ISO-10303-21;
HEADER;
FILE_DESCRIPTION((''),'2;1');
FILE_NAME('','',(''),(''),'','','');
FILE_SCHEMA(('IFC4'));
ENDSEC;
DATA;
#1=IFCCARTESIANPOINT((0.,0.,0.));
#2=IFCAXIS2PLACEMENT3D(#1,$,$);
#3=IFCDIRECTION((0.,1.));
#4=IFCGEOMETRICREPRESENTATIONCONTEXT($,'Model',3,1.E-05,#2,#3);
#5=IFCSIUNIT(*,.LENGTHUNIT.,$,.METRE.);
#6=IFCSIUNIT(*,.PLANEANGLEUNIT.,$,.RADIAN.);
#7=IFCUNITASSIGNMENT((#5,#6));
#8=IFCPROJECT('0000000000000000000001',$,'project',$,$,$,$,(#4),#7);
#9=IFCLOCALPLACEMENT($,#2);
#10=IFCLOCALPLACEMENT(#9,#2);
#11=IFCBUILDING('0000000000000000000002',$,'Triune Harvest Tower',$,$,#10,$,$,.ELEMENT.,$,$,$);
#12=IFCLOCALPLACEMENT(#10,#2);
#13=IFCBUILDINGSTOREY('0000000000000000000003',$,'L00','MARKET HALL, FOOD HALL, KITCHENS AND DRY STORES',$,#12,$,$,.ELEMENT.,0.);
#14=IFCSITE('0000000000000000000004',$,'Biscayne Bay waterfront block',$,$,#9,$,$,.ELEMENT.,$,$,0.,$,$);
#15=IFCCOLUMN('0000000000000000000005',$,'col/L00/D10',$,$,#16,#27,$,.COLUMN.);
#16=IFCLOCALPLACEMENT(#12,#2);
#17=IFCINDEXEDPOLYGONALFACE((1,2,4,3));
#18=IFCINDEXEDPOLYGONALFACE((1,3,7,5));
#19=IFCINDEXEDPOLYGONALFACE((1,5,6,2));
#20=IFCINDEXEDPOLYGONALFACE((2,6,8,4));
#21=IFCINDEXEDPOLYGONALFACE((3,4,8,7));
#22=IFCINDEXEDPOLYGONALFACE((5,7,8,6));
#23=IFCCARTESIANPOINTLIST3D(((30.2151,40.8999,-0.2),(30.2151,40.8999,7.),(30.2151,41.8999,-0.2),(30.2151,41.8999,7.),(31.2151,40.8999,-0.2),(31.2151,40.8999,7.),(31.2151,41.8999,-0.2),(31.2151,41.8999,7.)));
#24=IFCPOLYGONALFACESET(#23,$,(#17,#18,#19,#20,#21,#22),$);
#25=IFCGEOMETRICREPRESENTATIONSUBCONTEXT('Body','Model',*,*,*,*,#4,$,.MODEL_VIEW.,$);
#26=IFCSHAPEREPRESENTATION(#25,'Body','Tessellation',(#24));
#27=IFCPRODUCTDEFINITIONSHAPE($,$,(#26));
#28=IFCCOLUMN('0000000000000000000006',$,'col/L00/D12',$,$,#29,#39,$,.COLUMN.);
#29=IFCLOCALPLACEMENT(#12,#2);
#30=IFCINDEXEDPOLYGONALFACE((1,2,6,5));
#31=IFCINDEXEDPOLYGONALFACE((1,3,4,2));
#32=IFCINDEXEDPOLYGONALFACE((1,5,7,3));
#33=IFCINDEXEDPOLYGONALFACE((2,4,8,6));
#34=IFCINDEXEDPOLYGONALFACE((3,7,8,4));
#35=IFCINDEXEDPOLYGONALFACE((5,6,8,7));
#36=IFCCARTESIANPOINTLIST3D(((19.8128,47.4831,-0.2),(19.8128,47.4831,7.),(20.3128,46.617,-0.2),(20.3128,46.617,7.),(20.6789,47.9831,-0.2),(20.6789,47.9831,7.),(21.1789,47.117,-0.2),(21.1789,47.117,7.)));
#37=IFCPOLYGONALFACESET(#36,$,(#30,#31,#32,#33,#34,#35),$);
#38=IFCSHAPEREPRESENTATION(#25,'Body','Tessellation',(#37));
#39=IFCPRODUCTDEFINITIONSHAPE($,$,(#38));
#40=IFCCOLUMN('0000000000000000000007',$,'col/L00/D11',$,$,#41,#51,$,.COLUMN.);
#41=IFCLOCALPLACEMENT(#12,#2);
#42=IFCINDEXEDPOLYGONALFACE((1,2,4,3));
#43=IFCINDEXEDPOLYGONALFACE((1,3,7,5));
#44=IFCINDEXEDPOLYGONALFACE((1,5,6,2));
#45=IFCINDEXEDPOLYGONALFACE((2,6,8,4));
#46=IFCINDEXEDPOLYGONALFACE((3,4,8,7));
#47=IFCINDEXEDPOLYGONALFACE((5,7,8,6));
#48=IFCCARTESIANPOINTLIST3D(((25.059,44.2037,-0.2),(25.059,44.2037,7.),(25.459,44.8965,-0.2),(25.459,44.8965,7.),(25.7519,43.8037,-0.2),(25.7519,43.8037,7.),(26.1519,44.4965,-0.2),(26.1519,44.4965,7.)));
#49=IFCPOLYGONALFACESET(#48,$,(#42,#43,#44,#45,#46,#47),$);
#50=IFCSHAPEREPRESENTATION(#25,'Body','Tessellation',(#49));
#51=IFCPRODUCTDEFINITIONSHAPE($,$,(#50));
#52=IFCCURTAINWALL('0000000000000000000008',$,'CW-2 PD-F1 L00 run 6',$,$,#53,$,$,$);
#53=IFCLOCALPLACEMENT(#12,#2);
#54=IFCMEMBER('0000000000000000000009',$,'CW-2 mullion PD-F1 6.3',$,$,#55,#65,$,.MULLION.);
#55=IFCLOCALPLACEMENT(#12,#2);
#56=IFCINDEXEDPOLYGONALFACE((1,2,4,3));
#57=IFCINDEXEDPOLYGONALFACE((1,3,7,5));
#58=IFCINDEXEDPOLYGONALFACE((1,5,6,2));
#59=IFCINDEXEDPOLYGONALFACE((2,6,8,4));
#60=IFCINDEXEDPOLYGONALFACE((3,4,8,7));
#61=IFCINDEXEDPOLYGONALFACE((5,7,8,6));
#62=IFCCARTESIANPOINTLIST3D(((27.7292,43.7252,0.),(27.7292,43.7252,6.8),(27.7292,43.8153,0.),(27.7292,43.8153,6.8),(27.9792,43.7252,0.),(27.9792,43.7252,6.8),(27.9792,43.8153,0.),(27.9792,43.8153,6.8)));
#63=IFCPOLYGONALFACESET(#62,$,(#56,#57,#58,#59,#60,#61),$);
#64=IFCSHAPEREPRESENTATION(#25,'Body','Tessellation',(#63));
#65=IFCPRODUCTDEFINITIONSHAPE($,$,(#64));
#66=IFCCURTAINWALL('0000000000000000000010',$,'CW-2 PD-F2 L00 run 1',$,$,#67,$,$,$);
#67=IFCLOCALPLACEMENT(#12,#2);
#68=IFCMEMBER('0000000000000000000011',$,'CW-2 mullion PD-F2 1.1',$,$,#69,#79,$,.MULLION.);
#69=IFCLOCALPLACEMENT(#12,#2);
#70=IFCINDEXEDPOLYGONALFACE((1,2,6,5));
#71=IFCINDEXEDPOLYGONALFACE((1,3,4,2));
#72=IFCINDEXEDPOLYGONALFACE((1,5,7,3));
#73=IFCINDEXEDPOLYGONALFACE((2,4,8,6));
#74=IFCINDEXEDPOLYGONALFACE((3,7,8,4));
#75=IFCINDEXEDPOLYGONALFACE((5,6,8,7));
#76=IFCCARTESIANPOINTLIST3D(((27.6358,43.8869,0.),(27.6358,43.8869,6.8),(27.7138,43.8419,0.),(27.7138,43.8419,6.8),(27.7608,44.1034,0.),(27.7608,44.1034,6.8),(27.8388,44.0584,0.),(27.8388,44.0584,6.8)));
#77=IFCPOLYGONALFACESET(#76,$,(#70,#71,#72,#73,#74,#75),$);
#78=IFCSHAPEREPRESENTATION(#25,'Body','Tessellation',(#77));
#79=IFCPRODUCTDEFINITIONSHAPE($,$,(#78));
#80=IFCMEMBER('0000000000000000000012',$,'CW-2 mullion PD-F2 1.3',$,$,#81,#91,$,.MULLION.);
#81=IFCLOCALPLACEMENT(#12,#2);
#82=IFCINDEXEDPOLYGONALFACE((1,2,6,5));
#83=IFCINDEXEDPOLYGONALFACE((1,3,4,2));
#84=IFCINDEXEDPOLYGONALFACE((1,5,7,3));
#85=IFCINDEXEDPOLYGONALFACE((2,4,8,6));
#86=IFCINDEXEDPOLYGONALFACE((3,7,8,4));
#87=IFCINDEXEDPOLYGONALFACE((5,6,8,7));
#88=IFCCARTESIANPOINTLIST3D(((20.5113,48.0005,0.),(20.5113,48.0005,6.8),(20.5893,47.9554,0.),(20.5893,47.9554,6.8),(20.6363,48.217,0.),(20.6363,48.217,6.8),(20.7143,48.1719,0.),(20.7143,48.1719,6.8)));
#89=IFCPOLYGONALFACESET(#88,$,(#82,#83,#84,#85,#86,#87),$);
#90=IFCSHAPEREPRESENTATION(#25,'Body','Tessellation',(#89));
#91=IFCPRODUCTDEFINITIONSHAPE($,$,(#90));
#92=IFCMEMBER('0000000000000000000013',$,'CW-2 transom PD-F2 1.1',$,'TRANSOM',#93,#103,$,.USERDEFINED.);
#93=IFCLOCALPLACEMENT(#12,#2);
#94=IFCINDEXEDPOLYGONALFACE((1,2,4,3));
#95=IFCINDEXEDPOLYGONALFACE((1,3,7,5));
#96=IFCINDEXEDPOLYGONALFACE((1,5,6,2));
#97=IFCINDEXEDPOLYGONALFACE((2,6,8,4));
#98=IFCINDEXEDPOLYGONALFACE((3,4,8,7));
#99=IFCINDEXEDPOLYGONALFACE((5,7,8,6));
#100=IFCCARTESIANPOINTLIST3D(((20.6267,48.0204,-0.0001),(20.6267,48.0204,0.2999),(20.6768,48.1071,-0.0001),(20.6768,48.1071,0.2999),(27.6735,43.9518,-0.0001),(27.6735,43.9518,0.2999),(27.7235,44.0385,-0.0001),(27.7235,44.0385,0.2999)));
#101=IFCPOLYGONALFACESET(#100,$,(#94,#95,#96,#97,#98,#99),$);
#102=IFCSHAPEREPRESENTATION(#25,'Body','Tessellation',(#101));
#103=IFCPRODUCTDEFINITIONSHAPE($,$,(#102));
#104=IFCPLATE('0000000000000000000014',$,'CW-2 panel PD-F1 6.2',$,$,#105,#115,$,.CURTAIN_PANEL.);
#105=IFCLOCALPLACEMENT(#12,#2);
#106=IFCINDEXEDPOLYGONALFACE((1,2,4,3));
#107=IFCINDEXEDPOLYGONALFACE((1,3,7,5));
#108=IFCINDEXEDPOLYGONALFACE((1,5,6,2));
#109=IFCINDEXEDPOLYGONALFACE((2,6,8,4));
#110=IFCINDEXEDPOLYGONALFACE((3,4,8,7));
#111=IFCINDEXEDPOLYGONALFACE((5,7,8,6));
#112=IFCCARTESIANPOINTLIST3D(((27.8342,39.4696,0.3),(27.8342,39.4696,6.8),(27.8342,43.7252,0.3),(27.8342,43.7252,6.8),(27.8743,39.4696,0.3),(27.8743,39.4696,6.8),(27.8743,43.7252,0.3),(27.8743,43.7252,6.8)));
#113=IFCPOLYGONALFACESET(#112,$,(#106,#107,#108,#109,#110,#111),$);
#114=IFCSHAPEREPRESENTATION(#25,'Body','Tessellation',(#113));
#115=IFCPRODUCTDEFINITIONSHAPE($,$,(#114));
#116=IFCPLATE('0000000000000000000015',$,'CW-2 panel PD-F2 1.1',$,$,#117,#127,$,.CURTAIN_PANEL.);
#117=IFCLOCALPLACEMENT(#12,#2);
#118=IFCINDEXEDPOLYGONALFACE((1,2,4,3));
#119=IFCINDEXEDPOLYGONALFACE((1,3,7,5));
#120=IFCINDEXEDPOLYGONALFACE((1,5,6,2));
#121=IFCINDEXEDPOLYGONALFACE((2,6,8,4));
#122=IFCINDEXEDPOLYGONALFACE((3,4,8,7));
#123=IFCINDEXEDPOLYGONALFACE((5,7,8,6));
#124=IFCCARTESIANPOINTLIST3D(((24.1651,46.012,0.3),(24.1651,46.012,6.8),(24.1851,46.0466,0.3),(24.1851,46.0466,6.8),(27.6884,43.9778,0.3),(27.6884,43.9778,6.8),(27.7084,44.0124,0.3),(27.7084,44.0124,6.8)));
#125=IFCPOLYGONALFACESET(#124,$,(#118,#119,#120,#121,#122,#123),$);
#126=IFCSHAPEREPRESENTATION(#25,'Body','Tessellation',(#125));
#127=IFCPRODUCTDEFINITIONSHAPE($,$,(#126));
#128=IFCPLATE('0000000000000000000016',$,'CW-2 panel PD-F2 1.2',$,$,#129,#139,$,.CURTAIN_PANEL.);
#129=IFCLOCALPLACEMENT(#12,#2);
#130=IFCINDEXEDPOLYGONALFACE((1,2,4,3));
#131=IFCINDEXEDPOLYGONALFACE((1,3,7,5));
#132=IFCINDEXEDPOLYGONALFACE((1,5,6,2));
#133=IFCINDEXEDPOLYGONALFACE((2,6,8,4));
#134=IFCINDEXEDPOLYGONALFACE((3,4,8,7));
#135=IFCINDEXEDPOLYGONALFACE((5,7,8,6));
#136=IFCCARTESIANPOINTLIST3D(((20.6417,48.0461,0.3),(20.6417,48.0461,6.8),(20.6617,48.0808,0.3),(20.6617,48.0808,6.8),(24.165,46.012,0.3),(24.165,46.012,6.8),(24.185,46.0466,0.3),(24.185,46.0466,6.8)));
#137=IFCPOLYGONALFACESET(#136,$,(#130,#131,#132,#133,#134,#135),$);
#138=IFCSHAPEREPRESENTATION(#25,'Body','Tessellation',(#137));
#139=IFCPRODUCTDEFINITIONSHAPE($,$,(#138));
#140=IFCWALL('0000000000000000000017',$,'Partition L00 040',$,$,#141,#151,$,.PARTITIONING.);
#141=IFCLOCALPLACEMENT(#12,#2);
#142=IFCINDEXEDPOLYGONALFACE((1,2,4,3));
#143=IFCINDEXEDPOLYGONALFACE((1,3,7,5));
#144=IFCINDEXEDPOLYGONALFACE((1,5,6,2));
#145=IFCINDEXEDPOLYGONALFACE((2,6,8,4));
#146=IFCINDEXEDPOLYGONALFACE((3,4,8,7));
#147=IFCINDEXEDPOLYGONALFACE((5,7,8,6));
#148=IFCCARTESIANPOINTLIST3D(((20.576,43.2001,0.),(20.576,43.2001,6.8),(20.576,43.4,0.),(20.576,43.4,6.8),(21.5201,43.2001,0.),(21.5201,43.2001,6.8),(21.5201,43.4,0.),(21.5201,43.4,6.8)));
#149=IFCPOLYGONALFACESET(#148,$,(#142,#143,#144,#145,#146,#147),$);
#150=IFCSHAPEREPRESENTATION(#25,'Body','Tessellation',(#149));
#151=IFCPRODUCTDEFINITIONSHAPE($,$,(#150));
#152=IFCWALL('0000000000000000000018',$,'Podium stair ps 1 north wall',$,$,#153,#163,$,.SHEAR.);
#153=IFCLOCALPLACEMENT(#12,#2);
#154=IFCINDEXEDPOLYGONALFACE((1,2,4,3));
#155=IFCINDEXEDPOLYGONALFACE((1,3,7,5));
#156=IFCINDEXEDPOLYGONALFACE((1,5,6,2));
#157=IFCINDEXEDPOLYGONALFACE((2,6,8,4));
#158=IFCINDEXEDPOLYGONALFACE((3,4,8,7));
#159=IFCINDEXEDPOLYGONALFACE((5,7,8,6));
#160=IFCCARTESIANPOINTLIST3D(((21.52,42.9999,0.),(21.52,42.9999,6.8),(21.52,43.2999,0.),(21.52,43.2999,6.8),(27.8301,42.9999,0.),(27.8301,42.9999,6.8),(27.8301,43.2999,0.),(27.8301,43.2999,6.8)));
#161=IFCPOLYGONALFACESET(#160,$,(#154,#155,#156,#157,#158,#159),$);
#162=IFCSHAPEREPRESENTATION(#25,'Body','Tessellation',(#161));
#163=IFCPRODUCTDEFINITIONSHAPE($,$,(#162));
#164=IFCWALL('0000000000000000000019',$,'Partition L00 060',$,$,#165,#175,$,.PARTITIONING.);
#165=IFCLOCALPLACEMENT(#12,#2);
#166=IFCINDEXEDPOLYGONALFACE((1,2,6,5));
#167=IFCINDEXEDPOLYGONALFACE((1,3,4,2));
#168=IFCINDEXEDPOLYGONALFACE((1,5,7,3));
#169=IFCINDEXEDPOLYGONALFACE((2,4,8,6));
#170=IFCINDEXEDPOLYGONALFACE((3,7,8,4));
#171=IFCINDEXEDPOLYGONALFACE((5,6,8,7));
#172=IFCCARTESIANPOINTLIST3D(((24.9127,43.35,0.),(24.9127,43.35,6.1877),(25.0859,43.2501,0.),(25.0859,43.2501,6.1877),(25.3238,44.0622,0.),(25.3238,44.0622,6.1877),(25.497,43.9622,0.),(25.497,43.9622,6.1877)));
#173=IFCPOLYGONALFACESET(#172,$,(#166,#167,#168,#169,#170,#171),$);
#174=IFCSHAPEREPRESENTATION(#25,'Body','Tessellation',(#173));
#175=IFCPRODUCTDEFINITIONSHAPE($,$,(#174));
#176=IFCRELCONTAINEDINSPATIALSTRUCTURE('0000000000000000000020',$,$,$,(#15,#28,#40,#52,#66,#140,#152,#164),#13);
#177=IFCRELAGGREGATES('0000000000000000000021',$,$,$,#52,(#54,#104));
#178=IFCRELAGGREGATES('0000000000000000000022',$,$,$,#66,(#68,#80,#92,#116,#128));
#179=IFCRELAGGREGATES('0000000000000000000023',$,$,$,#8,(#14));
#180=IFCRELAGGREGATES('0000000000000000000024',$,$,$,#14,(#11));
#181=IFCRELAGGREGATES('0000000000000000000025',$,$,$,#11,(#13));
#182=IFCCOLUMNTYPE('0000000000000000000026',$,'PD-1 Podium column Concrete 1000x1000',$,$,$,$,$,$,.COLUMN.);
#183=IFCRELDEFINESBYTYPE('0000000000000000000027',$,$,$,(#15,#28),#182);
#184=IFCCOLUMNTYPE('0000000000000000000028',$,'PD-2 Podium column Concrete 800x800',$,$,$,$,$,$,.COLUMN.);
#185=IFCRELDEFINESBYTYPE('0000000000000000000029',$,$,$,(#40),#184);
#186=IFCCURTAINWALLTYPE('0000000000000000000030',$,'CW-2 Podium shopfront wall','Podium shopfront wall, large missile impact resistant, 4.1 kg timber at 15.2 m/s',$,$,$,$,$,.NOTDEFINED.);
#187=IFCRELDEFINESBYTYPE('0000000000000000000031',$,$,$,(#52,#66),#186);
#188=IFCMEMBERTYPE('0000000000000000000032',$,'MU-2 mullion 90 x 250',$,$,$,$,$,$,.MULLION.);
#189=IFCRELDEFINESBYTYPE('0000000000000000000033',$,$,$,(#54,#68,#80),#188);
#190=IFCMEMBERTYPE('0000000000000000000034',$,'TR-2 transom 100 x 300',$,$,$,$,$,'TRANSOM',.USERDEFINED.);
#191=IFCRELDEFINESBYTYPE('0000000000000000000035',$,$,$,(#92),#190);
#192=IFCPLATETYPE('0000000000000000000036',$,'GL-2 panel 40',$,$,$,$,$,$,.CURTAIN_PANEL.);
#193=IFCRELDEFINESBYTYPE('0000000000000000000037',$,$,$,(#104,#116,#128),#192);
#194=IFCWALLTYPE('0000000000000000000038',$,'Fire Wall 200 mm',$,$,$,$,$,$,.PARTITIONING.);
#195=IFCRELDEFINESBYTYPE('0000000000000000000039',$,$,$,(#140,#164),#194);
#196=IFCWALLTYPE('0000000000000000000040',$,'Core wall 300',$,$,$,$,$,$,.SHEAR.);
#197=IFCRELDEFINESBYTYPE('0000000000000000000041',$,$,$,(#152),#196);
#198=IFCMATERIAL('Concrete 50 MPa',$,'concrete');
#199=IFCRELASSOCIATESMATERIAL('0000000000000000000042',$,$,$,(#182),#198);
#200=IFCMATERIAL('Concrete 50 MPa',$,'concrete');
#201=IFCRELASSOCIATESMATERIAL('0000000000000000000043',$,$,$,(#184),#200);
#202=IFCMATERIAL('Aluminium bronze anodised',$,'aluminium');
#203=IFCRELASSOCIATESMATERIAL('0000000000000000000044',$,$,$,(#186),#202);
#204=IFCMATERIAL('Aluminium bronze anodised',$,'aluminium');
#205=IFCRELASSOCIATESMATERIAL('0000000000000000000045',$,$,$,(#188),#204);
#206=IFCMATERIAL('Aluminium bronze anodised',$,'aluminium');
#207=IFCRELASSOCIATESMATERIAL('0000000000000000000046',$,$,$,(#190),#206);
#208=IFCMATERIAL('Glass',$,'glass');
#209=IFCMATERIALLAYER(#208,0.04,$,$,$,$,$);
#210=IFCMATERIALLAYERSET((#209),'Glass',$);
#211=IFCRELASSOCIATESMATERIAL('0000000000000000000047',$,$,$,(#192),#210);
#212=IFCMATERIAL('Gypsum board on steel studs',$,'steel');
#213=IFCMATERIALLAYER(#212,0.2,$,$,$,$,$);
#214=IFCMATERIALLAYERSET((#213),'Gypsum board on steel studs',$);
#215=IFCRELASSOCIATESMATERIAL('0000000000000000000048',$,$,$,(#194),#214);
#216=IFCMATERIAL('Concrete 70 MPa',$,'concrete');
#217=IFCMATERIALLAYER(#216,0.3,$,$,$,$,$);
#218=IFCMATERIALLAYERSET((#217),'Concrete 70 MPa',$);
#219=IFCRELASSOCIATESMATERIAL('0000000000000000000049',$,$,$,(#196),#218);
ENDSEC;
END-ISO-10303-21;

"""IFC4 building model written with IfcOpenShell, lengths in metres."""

from ifc_helpers import new_model, si_unit, direction, frame, frame_2d, origin, origin_2d, place, context, subcontext, project, spatial, rectangle, extrude, source, transform, mapped, material, layer, layer_set, material_profile, profile_set, type_object, element, aggregate, save


model = new_model("IFC4")

# Units and contexts
model_context = context("Model", 3, precision=1e-05, world=origin(), true_north=direction((0.0, 1.0)))
body_context = subcontext(model_context, "Body", "Model", "MODEL_VIEW")
ifc_project = project(units=[si_unit("LENGTHUNIT", "METRE"), si_unit("PLANEANGLEUNIT", "RADIAN")], contexts=[model_context])

# Site, building, storey
site_placement = place(None, origin())
site = spatial("IfcSite", under=ifc_project, at=site_placement, Name="Biscayne Bay waterfront block", CompositionType="ELEMENT", RefElevation=0.0)
building_placement = place(site_placement, origin())
building = spatial("IfcBuilding", under=site, at=building_placement, Name="Triune Harvest Tower", CompositionType="ELEMENT")
storey_placement = place(building_placement, origin())
storey = spatial("IfcBuildingStorey", under=building, at=storey_placement, Name="L00", Description="MARKET HALL, FOOD HALL, KITCHENS AND DRY STORES", CompositionType="ELEMENT", Elevation=0.0)

# Columns
ifc_material_1 = material(Name="Concrete 50 MPa", Category="concrete")
ifc_material_profile_1 = material_profile(ifc_material_1, rectangle(XDim=1.0, YDim=1.0, at=origin_2d()), Name="Concrete 1000x1000")
ifc_profile_set_1 = profile_set([ifc_material_profile_1], Name="Concrete 50 MPa")
column_type_1 = type_object("IfcColumnType", Name="PD-1 Podium column Concrete 1000x1000", PredefinedType="COLUMN", material=ifc_profile_set_1)
shared_shape_1 = source(origin(), body_context, "Body", "SweptSolid", [
    extrude(rectangle(XDim=1.0, YDim=1.0, at=origin_2d()), origin(), (0.0, 0.0, 1.0), 7.2),
])
for number, where, z_axis, x_axis, name in (
    (1, (30.7151, 41.3999, -0.2), (0.0, 0.0, 1.0), (0.0, 1.0, 0.0), "col/L00/D10"),
    (2, (20.4958, 47.3, -0.2), (0.0, 0.0, 1.0), (-0.866025, -0.5, 0.0), "col/L00/D12"),
):
    element("IfcColumn", number, at=place(storey_placement, frame(where, z_axis=z_axis, x_axis=x_axis)), inside=storey, type_object=column_type_1, Name=name, PredefinedType="COLUMN", context=body_context, shape_type="MappedRepresentation", body=[
        mapped(shared_shape_1, transform((0.0, 0.0, 0.0), scale=1.0)),
    ])
ifc_material_2 = material(Name="Concrete 50 MPa", Category="concrete")
ifc_material_profile_2 = material_profile(ifc_material_2, rectangle(XDim=0.8, YDim=0.8, at=origin_2d()), Name="Concrete 800x800")
ifc_profile_set_2 = profile_set([ifc_material_profile_2], Name="Concrete 50 MPa")
column_type_2 = type_object("IfcColumnType", Name="PD-2 Podium column Concrete 800x800", PredefinedType="COLUMN", material=ifc_profile_set_2)
shared_shape_2 = source(origin(), body_context, "Body", "SweptSolid", [
    extrude(rectangle(XDim=0.8, YDim=0.8, at=origin_2d()), origin(), (0.0, 0.0, 1.0), 7.2),
])
column_placement = place(storey_placement, frame((25.6055, 44.3501, -0.2), z_axis=(0.0, 0.0, 1.0), x_axis=(-0.866027, 0.499997, 0.0)))
element("IfcColumn", 3, at=column_placement, inside=storey, type_object=column_type_2, Name="col/L00/D11", PredefinedType="COLUMN", context=body_context, shape_type="MappedRepresentation", body=[
    mapped(shared_shape_2, transform((0.0, 0.0, 0.0), scale=1.0)),
])

# Curtain wall, member
ifc_material_3 = material(Name="Aluminium bronze anodised", Category="aluminium")
curtain_wall_type = type_object("IfcCurtainWallType", Name="CW-2 Podium shopfront wall", Description="Podium shopfront wall, large missile impact resistant, 4.1 kg timber at 15.2 m/s", PredefinedType="NOTDEFINED", material=ifc_material_3)
curtain_wall_1_placement = place(storey_placement, origin())
curtain_wall_1 = element("IfcCurtainWall", 4, at=curtain_wall_1_placement, inside=storey, type_object=curtain_wall_type, Name="CW-2 PD-F1 L00 run 6")
ifc_material_4 = material(Name="Aluminium bronze anodised", Category="aluminium")
ifc_material_profile_3 = material_profile(ifc_material_4, rectangle(XDim=0.25, YDim=0.0901, at=origin_2d()), Name="MU-2 mullion 90 x 250")
ifc_profile_set_3 = profile_set([ifc_material_profile_3], Name="Aluminium bronze anodised")
member_type_1 = type_object("IfcMemberType", Name="MU-2 mullion 90 x 250", PredefinedType="MULLION", material=ifc_profile_set_3)
shared_shape_3 = source(origin(), body_context, "Body", "SweptSolid", [
    extrude(rectangle(XDim=0.25, YDim=0.0901, at=origin_2d()), origin(), (0.0, 0.0, 1.0), 6.8),
])
member_1_placement = place(storey_placement, frame((27.8542, 43.7703, 0.0), z_axis=(0.0, 0.0, 1.0), x_axis=(-1.0, 0.0, 0.0)))
member_1 = element("IfcMember", 5, at=member_1_placement, type_object=member_type_1, Name="CW-2 mullion PD-F1 6.3", PredefinedType="MULLION", context=body_context, shape_type="MappedRepresentation", body=[
    mapped(shared_shape_3, transform((0.0, 0.0, 0.0), scale=1.0)),
])

# Curtain wall, members
curtain_wall_2_placement = place(storey_placement, origin())
curtain_wall_2 = element("IfcCurtainWall", 6, at=curtain_wall_2_placement, inside=storey, type_object=curtain_wall_type, Name="CW-2 PD-F2 L00 run 1")
member_2_placement = place(storey_placement, frame((27.7373, 43.9727, 0.0), z_axis=(0.0, 0.0, 1.0), x_axis=(-0.500002, -0.866024, 0.0)))
member_2 = element("IfcMember", 7, at=member_2_placement, type_object=member_type_1, Name="CW-2 mullion PD-F2 1.1", PredefinedType="MULLION", context=body_context, shape_type="MappedRepresentation", body=[
    mapped(shared_shape_3, transform((0.0, 0.0, 0.0), scale=1.0)),
])
member_3_placement = place(storey_placement, frame((20.6128, 48.0862, 0.0), z_axis=(0.0, 0.0, 1.0), x_axis=(-0.500002, -0.866024, 0.0)))
member_3 = element("IfcMember", 8, at=member_3_placement, type_object=member_type_1, Name="CW-2 mullion PD-F2 1.3", PredefinedType="MULLION", context=body_context, shape_type="MappedRepresentation", body=[
    mapped(shared_shape_3, transform((0.0, 0.0, 0.0), scale=1.0)),
])
ifc_material_5 = material(Name="Aluminium bronze anodised", Category="aluminium")
ifc_material_profile_4 = material_profile(ifc_material_5, rectangle(XDim=0.1001, YDim=0.3, at=origin_2d()), Name="TR-2 transom 100 x 300")
ifc_profile_set_4 = profile_set([ifc_material_profile_4], Name="Aluminium bronze anodised")
member_type_2 = type_object("IfcMemberType", Name="TR-2 transom 100 x 300", ElementType="TRANSOM", PredefinedType="USERDEFINED", material=ifc_profile_set_4)
shared_shape_4 = source(origin(), body_context, "Body", "SweptSolid", [
    extrude(rectangle(XDim=0.1001, YDim=0.3, at=origin_2d()), origin(), (0.0, 0.0, 1.0), 8.137),
])
member_4_placement = place(storey_placement, frame((27.6985, 43.9951, 0.1499), z_axis=(-0.866013, 0.500021, 0.0), x_axis=(-0.500021, -0.866013, 0.0)))
member_4 = element("IfcMember", 9, at=member_4_placement, type_object=member_type_2, Name="CW-2 transom PD-F2 1.1", ObjectType="TRANSOM", PredefinedType="USERDEFINED", context=body_context, shape_type="MappedRepresentation", body=[
    mapped(shared_shape_4, transform((0.0, 0.0, 0.0), scale=1.0)),
])

# Plates
ifc_material_6 = material(Name="Glass", Category="glass")
ifc_layer_1 = layer(ifc_material_6, 0.04)
ifc_layer_set_1 = layer_set([ifc_layer_1], Name="Glass")
plate_type = type_object("IfcPlateType", Name="GL-2 panel 40", PredefinedType="CURTAIN_PANEL", material=ifc_layer_set_1)
shared_shape_5 = source(origin(), body_context, "Body", "SweptSolid", [
    extrude(rectangle(XDim=4.2556, YDim=0.04, at=origin_2d()), origin(), (0.0, 0.0, 1.0), 6.5),
])
plate_1_placement = place(storey_placement, frame((27.8542, 41.5974, 0.3), z_axis=(0.0, 0.0, 1.0), x_axis=(0.0, 1.0, 0.0)))
plate_1 = element("IfcPlate", 10, at=plate_1_placement, type_object=plate_type, Name="CW-2 panel PD-F1 6.2", PredefinedType="CURTAIN_PANEL", context=body_context, shape_type="MappedRepresentation", body=[
    mapped(shared_shape_5, transform((0.0, 0.0, 0.0), scale=1.0)),
])
aggregate(curtain_wall_1, [member_1, plate_1])
shared_shape_6 = source(origin(), body_context, "Body", "SweptSolid", [
    extrude(rectangle(XDim=4.0684, YDim=0.04, at=origin_2d()), origin(), (0.0, 0.0, 1.0), 6.5),
])
plate_2_placement = place(storey_placement, frame((25.9368, 45.0122, 0.3), z_axis=(0.0, 0.0, 1.0), x_axis=(-0.866024, 0.500002, 0.0)))
plate_2 = element("IfcPlate", 11, at=plate_2_placement, type_object=plate_type, Name="CW-2 panel PD-F2 1.1", PredefinedType="CURTAIN_PANEL", context=body_context, shape_type="MappedRepresentation", body=[
    mapped(shared_shape_6, transform((0.0, 0.0, 0.0), scale=1.0)),
])
plate_3_placement = place(storey_placement, frame((22.4133, 47.0464, 0.3), z_axis=(0.0, 0.0, 1.0), x_axis=(-0.866024, 0.500002, 0.0)))
plate_3 = element("IfcPlate", 12, at=plate_3_placement, type_object=plate_type, Name="CW-2 panel PD-F2 1.2", PredefinedType="CURTAIN_PANEL", context=body_context, shape_type="MappedRepresentation", body=[
    mapped(shared_shape_6, transform((0.0, 0.0, 0.0), scale=1.0)),
])
aggregate(curtain_wall_2, [member_2, member_3, member_4, plate_2, plate_3])

# Walls
ifc_material_7 = material(Name="Gypsum board on steel studs", Category="steel")
ifc_layer_2 = layer(ifc_material_7, 0.2)
ifc_layer_set_2 = layer_set([ifc_layer_2], Name="Gypsum board on steel studs")
wall_type_1 = type_object("IfcWallType", Name="Fire Wall 200 mm", PredefinedType="PARTITIONING", material=ifc_layer_set_2)
wall_1_placement = place(storey_placement, frame((20.5759, 43.3, 0.0), z_axis=(0.0, 0.0, 1.0), x_axis=(1.0, 0.0, 0.0)))
element("IfcWall", 13, at=wall_1_placement, inside=storey, type_object=wall_type_1, Name="Partition L00 040", PredefinedType="PARTITIONING", context=body_context, shape_type="SweptSolid", body=[
    extrude(rectangle(XDim=0.9441, YDim=0.2, at=frame_2d((0.4722, 0.0))), origin(), (0.0, 0.0, 1.0), 6.8),
])
ifc_material_8 = material(Name="Concrete 70 MPa", Category="concrete")
ifc_layer_3 = layer(ifc_material_8, 0.3)
ifc_layer_set_3 = layer_set([ifc_layer_3], Name="Concrete 70 MPa")
wall_type_2 = type_object("IfcWallType", Name="Core wall 300", PredefinedType="SHEAR", material=ifc_layer_set_3)
shared_shape_7 = source(origin(), body_context, "Body", "SweptSolid", [
    extrude(rectangle(XDim=6.3101, YDim=0.3, at=frame_2d((3.155, 0.0))), origin(), (0.0, 0.0, 1.0), 6.8),
])
wall_2_placement = place(storey_placement, frame((21.52, 43.1499, 0.0), z_axis=(0.0, 0.0, 1.0), x_axis=(1.0, 0.0, 0.0)))
element("IfcWall", 14, at=wall_2_placement, inside=storey, type_object=wall_type_2, Name="Podium stair ps 1 north wall", PredefinedType="SHEAR", context=body_context, shape_type="MappedRepresentation", body=[
    mapped(shared_shape_7, transform((0.0, 0.0, 0.0), scale=1.0)),
])
shared_shape_8 = source(origin(), body_context, "Body", "SweptSolid", [
    extrude(rectangle(XDim=0.8223, YDim=0.2, at=frame_2d((0.4111, 0.0))), origin(), (0.0, 0.0, 1.0), 6.1877),
])
wall_3_placement = place(storey_placement, frame((24.9993, 43.3, 0.0), z_axis=(0.0, 0.0, 1.0), x_axis=(0.499971, 0.866042, 0.0)))
element("IfcWall", 15, at=wall_3_placement, inside=storey, type_object=wall_type_1, Name="Partition L00 060", PredefinedType="PARTITIONING", context=body_context, shape_type="MappedRepresentation", body=[
    mapped(shared_shape_8, transform((0.0, 0.0, 0.0), scale=1.0)),
])

save(model, "model.ifc")
